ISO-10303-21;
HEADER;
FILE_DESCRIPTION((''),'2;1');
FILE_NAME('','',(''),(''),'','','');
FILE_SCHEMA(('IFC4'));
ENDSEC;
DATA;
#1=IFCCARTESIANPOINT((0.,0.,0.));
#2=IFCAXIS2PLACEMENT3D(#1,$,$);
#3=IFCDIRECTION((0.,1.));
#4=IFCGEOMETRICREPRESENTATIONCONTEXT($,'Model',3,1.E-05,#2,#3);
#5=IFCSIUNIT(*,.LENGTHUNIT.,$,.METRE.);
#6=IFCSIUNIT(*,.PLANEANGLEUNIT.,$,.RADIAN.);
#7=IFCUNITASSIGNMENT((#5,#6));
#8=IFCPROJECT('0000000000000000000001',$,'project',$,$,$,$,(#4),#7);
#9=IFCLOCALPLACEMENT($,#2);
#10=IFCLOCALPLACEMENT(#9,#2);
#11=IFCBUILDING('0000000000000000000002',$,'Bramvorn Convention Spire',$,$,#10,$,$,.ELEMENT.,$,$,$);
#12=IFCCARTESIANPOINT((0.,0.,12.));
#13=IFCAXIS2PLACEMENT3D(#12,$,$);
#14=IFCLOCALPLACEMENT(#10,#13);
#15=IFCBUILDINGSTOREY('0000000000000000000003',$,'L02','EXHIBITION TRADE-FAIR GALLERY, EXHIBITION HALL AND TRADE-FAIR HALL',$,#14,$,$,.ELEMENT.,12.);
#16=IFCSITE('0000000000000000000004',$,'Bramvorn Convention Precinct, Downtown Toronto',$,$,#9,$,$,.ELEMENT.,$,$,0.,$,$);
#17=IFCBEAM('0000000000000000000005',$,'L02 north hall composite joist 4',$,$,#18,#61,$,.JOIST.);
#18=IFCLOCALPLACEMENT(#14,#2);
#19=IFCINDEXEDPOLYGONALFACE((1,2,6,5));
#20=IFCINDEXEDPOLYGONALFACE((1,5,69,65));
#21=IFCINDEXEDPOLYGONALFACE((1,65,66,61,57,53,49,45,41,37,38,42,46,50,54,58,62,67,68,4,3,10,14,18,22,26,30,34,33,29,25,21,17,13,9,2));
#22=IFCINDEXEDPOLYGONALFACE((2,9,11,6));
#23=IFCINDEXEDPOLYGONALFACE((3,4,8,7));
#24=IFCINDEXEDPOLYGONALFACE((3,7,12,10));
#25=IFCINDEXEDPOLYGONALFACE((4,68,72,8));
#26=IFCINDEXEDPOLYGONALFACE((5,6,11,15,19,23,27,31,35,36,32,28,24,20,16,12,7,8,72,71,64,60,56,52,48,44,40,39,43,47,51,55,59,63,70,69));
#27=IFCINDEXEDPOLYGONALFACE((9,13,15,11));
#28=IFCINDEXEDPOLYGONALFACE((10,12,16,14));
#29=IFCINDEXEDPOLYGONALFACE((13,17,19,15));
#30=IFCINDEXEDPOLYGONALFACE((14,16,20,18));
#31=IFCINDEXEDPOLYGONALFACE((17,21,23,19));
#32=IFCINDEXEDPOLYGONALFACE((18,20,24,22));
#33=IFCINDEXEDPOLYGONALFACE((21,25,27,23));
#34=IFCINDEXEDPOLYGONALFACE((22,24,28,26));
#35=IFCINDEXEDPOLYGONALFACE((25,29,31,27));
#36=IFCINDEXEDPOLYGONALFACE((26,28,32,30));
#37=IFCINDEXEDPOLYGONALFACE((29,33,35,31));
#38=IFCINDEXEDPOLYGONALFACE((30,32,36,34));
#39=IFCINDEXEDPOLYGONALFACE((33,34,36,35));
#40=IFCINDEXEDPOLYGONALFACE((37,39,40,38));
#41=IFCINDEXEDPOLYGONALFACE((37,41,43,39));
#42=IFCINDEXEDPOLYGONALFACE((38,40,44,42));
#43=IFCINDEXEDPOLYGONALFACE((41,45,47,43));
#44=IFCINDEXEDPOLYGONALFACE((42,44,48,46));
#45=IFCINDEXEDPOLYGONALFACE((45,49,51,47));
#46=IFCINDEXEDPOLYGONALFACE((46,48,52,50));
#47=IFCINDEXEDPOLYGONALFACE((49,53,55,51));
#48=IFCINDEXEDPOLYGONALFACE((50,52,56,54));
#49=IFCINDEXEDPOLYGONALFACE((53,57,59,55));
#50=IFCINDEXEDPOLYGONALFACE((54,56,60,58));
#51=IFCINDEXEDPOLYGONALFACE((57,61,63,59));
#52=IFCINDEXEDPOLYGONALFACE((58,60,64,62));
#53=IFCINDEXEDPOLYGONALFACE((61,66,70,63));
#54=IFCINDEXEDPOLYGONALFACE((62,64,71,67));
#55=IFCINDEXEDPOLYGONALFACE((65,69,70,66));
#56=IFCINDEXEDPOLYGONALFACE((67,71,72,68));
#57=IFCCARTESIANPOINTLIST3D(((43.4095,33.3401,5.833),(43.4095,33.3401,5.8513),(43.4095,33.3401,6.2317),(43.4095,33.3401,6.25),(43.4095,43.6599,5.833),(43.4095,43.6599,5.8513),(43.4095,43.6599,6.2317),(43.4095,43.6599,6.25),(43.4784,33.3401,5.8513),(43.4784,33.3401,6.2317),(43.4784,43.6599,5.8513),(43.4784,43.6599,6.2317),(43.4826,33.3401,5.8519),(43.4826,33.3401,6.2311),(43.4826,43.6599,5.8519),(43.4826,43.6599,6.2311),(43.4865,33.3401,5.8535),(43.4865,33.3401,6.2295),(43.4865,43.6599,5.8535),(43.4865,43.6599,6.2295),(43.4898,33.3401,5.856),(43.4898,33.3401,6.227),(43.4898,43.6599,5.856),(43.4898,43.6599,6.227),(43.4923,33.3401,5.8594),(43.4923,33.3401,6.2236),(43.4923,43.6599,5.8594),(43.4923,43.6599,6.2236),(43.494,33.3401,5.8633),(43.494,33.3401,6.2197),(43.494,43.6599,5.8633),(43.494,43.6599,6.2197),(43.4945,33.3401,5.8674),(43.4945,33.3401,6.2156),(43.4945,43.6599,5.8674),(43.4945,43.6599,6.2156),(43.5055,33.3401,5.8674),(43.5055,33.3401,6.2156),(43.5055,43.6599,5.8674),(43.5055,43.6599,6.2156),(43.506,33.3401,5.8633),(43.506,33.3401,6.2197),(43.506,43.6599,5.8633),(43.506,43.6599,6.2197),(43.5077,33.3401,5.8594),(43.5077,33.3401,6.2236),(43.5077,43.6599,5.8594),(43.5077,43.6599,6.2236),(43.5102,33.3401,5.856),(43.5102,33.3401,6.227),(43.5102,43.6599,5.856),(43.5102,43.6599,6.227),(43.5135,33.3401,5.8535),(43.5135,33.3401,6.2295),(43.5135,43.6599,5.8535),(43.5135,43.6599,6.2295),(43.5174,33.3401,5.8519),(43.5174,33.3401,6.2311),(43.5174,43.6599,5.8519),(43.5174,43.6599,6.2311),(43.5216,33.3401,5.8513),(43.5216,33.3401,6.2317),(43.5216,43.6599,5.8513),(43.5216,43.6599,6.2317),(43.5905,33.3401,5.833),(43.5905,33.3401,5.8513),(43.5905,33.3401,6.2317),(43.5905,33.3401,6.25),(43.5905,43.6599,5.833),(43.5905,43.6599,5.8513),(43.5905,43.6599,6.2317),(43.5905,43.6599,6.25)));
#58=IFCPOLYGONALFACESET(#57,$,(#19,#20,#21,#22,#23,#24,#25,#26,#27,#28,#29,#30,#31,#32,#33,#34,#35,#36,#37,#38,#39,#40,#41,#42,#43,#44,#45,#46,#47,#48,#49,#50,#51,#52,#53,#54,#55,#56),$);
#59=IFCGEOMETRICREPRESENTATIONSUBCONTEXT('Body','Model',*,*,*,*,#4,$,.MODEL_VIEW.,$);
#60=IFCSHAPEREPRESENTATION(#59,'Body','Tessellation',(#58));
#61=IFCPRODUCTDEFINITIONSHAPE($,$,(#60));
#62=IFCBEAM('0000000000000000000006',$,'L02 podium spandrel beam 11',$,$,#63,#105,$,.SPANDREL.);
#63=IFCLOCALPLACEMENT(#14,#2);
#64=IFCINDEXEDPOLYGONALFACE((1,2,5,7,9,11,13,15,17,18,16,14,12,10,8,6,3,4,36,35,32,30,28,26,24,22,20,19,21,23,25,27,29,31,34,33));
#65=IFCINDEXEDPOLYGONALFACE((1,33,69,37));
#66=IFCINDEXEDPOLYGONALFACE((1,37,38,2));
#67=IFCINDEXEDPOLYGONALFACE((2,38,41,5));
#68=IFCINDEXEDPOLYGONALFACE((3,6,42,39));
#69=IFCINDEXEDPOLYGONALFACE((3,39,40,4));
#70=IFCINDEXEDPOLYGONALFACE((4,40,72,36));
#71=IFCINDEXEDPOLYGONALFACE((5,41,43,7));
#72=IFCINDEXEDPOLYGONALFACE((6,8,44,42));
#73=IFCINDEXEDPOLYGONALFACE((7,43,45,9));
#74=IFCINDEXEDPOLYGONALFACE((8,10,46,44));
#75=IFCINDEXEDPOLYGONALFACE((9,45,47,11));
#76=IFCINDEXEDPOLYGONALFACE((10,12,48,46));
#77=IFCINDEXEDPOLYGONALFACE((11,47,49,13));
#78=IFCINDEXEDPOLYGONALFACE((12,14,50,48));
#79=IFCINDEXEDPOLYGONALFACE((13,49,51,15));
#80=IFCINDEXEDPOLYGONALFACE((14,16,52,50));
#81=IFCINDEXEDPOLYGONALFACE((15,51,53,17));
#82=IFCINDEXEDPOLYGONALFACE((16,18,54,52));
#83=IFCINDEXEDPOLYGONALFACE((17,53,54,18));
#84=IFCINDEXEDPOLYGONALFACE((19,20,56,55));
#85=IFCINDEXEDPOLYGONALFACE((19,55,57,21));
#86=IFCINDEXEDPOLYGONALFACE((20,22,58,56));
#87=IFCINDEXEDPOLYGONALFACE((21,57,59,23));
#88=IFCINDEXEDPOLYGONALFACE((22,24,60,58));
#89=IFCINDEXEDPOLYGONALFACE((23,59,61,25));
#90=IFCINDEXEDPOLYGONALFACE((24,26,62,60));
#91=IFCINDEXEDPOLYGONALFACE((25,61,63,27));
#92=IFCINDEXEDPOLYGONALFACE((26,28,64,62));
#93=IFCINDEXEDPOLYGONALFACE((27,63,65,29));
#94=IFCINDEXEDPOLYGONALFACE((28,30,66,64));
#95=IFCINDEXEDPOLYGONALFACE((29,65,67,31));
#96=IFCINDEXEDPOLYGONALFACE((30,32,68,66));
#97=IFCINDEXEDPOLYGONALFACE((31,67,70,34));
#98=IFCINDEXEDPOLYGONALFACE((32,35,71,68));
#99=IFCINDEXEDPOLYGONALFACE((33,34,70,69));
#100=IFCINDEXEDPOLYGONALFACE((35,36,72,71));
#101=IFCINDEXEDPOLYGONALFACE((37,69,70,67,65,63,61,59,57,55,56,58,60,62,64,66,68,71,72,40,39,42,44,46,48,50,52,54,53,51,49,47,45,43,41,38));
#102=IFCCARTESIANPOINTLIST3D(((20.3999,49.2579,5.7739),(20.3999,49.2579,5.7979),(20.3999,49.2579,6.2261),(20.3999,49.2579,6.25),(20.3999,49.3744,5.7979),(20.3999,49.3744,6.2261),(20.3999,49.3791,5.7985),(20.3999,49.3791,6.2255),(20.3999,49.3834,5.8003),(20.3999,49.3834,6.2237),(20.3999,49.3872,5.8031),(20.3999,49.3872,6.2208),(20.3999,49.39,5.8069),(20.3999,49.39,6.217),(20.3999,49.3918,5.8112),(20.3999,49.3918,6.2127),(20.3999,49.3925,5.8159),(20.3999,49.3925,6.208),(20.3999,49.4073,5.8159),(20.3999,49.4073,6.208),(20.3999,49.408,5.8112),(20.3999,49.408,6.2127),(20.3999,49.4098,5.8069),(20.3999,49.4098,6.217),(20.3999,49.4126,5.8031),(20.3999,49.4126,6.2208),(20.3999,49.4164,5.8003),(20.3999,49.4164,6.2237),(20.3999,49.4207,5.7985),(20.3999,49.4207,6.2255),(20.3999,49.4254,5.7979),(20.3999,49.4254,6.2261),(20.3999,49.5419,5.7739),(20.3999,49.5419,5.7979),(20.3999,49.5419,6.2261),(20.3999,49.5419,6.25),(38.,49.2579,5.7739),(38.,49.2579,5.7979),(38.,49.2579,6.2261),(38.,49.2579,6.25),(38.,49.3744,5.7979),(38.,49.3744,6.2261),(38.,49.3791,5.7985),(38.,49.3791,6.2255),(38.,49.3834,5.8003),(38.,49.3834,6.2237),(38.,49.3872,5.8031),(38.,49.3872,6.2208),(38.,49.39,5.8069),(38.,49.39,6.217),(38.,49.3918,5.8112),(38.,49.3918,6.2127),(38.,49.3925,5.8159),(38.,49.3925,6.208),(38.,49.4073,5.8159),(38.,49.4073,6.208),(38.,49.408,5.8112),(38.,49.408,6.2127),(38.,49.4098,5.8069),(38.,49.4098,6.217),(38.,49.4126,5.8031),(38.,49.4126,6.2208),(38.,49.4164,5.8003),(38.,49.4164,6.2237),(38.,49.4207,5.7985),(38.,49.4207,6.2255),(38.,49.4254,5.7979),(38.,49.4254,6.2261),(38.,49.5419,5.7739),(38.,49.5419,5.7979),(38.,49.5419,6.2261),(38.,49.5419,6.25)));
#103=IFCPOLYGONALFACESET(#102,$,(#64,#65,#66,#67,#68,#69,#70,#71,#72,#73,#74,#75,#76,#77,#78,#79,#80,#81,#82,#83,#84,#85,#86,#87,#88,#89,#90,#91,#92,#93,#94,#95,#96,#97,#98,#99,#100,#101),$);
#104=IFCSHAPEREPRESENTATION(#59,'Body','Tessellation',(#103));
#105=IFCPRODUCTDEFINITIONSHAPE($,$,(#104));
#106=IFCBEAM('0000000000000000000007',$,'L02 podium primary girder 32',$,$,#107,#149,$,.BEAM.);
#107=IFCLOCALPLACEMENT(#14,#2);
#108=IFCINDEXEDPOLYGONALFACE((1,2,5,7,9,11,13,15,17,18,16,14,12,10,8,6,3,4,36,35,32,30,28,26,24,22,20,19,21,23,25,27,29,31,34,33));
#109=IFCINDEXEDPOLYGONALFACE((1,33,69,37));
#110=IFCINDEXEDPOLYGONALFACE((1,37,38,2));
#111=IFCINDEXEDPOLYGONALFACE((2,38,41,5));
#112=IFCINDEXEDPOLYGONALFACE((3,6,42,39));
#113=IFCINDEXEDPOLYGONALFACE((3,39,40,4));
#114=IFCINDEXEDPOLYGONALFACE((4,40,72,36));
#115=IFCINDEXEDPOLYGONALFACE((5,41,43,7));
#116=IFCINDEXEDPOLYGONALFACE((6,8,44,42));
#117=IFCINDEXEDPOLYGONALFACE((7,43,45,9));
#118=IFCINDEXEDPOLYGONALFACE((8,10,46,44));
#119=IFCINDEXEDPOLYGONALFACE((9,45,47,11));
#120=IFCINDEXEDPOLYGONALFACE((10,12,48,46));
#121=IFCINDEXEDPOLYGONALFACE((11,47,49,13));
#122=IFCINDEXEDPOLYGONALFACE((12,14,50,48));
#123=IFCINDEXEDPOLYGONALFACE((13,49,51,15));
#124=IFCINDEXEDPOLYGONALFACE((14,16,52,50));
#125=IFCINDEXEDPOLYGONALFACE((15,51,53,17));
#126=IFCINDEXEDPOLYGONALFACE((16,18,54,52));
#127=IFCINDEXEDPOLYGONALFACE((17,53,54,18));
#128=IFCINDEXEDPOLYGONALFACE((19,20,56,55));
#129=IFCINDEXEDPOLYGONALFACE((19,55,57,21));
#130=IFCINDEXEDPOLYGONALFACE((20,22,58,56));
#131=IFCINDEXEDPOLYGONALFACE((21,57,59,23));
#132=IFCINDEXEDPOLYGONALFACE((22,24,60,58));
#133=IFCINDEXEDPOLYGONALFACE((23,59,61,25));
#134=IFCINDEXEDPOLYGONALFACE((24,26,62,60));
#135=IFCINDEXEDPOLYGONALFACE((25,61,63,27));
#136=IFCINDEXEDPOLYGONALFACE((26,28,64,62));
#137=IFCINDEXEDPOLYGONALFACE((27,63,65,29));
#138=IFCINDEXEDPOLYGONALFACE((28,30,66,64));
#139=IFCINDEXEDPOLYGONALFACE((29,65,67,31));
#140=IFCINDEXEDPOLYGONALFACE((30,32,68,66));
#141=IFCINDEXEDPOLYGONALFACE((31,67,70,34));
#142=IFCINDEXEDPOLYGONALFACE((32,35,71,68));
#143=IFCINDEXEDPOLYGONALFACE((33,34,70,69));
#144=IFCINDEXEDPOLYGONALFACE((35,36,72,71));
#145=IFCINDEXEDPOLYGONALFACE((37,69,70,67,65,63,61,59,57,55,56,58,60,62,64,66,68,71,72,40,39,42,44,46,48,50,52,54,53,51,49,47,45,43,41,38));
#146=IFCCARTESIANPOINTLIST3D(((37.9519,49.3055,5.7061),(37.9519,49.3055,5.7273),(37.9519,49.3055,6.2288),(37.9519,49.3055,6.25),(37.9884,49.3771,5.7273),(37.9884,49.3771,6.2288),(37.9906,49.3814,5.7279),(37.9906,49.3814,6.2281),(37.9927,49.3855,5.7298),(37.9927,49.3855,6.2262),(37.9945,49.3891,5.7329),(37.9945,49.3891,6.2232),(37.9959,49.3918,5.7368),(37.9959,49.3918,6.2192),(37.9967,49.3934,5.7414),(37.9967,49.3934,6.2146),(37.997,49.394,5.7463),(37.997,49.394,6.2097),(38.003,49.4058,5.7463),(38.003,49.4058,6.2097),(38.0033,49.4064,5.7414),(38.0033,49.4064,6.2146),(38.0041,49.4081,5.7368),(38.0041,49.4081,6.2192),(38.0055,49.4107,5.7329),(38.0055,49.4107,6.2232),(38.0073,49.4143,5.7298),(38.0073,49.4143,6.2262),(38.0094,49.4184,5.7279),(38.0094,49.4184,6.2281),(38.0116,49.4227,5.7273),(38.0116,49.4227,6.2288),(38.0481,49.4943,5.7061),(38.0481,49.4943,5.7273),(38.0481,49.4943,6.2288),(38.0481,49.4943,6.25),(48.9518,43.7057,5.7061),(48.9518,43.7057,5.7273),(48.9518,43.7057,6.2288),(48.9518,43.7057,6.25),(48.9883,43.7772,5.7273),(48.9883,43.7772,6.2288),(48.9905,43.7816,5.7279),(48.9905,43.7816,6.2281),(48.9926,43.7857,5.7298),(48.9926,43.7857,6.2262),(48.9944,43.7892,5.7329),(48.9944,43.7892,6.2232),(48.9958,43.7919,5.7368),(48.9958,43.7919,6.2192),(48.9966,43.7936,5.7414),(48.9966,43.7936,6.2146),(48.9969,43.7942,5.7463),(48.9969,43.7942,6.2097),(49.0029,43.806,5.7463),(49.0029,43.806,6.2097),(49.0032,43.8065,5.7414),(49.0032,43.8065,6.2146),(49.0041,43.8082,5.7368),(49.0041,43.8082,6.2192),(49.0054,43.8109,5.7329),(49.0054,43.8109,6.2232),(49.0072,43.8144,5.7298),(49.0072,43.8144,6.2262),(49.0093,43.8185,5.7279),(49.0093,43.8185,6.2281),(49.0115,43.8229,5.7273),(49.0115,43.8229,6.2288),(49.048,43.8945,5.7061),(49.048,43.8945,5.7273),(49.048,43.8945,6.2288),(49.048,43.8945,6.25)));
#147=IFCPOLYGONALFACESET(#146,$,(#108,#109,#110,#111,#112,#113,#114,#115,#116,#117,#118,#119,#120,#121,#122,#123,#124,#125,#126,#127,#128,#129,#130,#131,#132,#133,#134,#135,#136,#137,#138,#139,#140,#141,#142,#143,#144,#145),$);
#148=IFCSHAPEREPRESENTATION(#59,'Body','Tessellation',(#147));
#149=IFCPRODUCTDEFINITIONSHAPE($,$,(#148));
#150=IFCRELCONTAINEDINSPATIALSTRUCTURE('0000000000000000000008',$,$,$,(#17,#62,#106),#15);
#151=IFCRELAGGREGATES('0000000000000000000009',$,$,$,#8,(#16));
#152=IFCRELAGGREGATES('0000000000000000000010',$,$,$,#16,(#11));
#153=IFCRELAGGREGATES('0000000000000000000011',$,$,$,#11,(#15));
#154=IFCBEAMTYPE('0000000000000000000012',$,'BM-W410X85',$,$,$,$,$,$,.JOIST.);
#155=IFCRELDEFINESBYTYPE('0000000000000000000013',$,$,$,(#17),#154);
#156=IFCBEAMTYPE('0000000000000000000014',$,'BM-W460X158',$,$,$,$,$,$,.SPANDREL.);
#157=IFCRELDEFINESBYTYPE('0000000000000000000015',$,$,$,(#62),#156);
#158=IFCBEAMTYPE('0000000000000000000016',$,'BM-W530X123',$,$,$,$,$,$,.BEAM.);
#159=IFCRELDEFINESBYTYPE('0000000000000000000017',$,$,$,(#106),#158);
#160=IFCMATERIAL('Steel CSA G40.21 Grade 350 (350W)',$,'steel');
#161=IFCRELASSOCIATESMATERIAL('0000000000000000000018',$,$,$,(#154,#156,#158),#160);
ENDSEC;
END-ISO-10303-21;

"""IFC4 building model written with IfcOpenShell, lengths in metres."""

from ifc_helpers import new_model, si_unit, direction, frame, origin, origin_2d, place, context, subcontext, project, spatial, i_section, extrude, material, material_profile, profile_set, type_object, element, save


model = new_model("IFC4")

# Units and contexts
model_context = context("Model", 3, precision=1e-05, world=origin(), true_north=direction((0.0, 1.0)))
body_context = subcontext(model_context, "Body", "Model", "MODEL_VIEW")
ifc_project = project(units=[si_unit("LENGTHUNIT", "METRE"), si_unit("PLANEANGLEUNIT", "RADIAN")], contexts=[model_context])

# Site, building, storey
site_placement = place(None, origin())
site = spatial("IfcSite", under=ifc_project, at=site_placement, Name="Bramvorn Convention Precinct, Downtown Toronto", CompositionType="ELEMENT", RefElevation=0.0)
building_placement = place(site_placement, origin())
building = spatial("IfcBuilding", under=site, at=building_placement, Name="Bramvorn Convention Spire", CompositionType="ELEMENT")
storey_placement = place(building_placement, frame((0.0, 0.0, 12.0)))
storey = spatial("IfcBuildingStorey", under=building, at=storey_placement, Name="L02", Description="EXHIBITION TRADE-FAIR GALLERY, EXHIBITION HALL AND TRADE-FAIR HALL", CompositionType="ELEMENT", Elevation=12.0)

# Shared definitions
ifc_material_1 = material(Name="Steel CSA G40.21 Grade 350 (350W)", Category="steel")

# Beams
ifc_material_profile_1 = material_profile(ifc_material_1, i_section(OverallWidth=0.1809, OverallDepth=0.417, WebThickness=0.011, FlangeThickness=0.0183, FilletRadius=0.0161, at=origin_2d()))
ifc_profile_set_1 = profile_set([ifc_material_profile_1], Name="Steel CSA G40.21 Grade 350 (350W) - W410X85")
beam_type_1 = type_object("IfcBeamType", Name="BM-W410X85", PredefinedType="JOIST", material=ifc_profile_set_1)
for number, where, z_axis, x_axis, name in (
    (1, (43.5, 33.3401, 6.0415), (0.0, 1.0, 0.0), (-1.0, 0.0, 0.0), "L02 north hall composite joist 4"),
):
    element("IfcBeam", number, at=place(storey_placement, frame(where, z_axis=z_axis, x_axis=x_axis)), inside=storey, type_object=beam_type_1, Name=name, PredefinedType="JOIST", context=body_context, shape_type="SweptSolid", body=[
        extrude(i_section(OverallWidth=0.1809, OverallDepth=0.417, WebThickness=0.011, FlangeThickness=0.0183, FilletRadius=0.0161, at=origin_2d()), origin(), (0.0, 0.0, 1.0), 10.3198),
    ])
ifc_material_profile_2 = material_profile(ifc_material_1, i_section(OverallWidth=0.2839, OverallDepth=0.4761, WebThickness=0.0149, FlangeThickness=0.0239, FilletRadius=0.0181, at=origin_2d()))
ifc_profile_set_2 = profile_set([ifc_material_profile_2], Name="Steel CSA G40.21 Grade 350 (350W) - W460X158")
beam_type_2 = type_object("IfcBeamType", Name="BM-W460X158", PredefinedType="SPANDREL", material=ifc_profile_set_2)
beam_1_placement = place(storey_placement, frame((38.0, 49.3999, 6.012), z_axis=(-1.0, 0.0, 0.0), x_axis=(0.0, -1.0, 0.0)))
element("IfcBeam", 2, at=beam_1_placement, inside=storey, type_object=beam_type_2, Name="L02 podium spandrel beam 11", PredefinedType="SPANDREL", context=body_context, shape_type="SweptSolid", body=[
    extrude(i_section(OverallWidth=0.2839, OverallDepth=0.4761, WebThickness=0.0149, FlangeThickness=0.0239, FilletRadius=0.0181, at=origin_2d()), origin(), (0.0, 0.0, 1.0), 17.6001),
])
ifc_material_profile_3 = material_profile(ifc_material_1, i_section(OverallWidth=0.2119, OverallDepth=0.5439, WebThickness=0.0132, FlangeThickness=0.0212, FilletRadius=0.019, at=origin_2d()))
ifc_profile_set_3 = profile_set([ifc_material_profile_3], Name="Steel CSA G40.21 Grade 350 (350W) - W530X123")
beam_type_3 = type_object("IfcBeamType", Name="BM-W530X123", PredefinedType="BEAM", material=ifc_profile_set_3)
beam_2_placement = place(storey_placement, frame((38.0, 49.3999, 5.978), z_axis=(0.891168, -0.453674, 0.0), x_axis=(0.453674, 0.891168, 0.0)))
element("IfcBeam", 3, at=beam_2_placement, inside=storey, type_object=beam_type_3, Name="L02 podium primary girder 32", PredefinedType="BEAM", context=body_context, shape_type="SweptSolid", body=[
    extrude(i_section(OverallWidth=0.2119, OverallDepth=0.5439, WebThickness=0.0132, FlangeThickness=0.0212, FilletRadius=0.019, at=origin_2d()), origin(), (0.0, 0.0, 1.0), 12.3433),
])

save(model, "model.ifc")
